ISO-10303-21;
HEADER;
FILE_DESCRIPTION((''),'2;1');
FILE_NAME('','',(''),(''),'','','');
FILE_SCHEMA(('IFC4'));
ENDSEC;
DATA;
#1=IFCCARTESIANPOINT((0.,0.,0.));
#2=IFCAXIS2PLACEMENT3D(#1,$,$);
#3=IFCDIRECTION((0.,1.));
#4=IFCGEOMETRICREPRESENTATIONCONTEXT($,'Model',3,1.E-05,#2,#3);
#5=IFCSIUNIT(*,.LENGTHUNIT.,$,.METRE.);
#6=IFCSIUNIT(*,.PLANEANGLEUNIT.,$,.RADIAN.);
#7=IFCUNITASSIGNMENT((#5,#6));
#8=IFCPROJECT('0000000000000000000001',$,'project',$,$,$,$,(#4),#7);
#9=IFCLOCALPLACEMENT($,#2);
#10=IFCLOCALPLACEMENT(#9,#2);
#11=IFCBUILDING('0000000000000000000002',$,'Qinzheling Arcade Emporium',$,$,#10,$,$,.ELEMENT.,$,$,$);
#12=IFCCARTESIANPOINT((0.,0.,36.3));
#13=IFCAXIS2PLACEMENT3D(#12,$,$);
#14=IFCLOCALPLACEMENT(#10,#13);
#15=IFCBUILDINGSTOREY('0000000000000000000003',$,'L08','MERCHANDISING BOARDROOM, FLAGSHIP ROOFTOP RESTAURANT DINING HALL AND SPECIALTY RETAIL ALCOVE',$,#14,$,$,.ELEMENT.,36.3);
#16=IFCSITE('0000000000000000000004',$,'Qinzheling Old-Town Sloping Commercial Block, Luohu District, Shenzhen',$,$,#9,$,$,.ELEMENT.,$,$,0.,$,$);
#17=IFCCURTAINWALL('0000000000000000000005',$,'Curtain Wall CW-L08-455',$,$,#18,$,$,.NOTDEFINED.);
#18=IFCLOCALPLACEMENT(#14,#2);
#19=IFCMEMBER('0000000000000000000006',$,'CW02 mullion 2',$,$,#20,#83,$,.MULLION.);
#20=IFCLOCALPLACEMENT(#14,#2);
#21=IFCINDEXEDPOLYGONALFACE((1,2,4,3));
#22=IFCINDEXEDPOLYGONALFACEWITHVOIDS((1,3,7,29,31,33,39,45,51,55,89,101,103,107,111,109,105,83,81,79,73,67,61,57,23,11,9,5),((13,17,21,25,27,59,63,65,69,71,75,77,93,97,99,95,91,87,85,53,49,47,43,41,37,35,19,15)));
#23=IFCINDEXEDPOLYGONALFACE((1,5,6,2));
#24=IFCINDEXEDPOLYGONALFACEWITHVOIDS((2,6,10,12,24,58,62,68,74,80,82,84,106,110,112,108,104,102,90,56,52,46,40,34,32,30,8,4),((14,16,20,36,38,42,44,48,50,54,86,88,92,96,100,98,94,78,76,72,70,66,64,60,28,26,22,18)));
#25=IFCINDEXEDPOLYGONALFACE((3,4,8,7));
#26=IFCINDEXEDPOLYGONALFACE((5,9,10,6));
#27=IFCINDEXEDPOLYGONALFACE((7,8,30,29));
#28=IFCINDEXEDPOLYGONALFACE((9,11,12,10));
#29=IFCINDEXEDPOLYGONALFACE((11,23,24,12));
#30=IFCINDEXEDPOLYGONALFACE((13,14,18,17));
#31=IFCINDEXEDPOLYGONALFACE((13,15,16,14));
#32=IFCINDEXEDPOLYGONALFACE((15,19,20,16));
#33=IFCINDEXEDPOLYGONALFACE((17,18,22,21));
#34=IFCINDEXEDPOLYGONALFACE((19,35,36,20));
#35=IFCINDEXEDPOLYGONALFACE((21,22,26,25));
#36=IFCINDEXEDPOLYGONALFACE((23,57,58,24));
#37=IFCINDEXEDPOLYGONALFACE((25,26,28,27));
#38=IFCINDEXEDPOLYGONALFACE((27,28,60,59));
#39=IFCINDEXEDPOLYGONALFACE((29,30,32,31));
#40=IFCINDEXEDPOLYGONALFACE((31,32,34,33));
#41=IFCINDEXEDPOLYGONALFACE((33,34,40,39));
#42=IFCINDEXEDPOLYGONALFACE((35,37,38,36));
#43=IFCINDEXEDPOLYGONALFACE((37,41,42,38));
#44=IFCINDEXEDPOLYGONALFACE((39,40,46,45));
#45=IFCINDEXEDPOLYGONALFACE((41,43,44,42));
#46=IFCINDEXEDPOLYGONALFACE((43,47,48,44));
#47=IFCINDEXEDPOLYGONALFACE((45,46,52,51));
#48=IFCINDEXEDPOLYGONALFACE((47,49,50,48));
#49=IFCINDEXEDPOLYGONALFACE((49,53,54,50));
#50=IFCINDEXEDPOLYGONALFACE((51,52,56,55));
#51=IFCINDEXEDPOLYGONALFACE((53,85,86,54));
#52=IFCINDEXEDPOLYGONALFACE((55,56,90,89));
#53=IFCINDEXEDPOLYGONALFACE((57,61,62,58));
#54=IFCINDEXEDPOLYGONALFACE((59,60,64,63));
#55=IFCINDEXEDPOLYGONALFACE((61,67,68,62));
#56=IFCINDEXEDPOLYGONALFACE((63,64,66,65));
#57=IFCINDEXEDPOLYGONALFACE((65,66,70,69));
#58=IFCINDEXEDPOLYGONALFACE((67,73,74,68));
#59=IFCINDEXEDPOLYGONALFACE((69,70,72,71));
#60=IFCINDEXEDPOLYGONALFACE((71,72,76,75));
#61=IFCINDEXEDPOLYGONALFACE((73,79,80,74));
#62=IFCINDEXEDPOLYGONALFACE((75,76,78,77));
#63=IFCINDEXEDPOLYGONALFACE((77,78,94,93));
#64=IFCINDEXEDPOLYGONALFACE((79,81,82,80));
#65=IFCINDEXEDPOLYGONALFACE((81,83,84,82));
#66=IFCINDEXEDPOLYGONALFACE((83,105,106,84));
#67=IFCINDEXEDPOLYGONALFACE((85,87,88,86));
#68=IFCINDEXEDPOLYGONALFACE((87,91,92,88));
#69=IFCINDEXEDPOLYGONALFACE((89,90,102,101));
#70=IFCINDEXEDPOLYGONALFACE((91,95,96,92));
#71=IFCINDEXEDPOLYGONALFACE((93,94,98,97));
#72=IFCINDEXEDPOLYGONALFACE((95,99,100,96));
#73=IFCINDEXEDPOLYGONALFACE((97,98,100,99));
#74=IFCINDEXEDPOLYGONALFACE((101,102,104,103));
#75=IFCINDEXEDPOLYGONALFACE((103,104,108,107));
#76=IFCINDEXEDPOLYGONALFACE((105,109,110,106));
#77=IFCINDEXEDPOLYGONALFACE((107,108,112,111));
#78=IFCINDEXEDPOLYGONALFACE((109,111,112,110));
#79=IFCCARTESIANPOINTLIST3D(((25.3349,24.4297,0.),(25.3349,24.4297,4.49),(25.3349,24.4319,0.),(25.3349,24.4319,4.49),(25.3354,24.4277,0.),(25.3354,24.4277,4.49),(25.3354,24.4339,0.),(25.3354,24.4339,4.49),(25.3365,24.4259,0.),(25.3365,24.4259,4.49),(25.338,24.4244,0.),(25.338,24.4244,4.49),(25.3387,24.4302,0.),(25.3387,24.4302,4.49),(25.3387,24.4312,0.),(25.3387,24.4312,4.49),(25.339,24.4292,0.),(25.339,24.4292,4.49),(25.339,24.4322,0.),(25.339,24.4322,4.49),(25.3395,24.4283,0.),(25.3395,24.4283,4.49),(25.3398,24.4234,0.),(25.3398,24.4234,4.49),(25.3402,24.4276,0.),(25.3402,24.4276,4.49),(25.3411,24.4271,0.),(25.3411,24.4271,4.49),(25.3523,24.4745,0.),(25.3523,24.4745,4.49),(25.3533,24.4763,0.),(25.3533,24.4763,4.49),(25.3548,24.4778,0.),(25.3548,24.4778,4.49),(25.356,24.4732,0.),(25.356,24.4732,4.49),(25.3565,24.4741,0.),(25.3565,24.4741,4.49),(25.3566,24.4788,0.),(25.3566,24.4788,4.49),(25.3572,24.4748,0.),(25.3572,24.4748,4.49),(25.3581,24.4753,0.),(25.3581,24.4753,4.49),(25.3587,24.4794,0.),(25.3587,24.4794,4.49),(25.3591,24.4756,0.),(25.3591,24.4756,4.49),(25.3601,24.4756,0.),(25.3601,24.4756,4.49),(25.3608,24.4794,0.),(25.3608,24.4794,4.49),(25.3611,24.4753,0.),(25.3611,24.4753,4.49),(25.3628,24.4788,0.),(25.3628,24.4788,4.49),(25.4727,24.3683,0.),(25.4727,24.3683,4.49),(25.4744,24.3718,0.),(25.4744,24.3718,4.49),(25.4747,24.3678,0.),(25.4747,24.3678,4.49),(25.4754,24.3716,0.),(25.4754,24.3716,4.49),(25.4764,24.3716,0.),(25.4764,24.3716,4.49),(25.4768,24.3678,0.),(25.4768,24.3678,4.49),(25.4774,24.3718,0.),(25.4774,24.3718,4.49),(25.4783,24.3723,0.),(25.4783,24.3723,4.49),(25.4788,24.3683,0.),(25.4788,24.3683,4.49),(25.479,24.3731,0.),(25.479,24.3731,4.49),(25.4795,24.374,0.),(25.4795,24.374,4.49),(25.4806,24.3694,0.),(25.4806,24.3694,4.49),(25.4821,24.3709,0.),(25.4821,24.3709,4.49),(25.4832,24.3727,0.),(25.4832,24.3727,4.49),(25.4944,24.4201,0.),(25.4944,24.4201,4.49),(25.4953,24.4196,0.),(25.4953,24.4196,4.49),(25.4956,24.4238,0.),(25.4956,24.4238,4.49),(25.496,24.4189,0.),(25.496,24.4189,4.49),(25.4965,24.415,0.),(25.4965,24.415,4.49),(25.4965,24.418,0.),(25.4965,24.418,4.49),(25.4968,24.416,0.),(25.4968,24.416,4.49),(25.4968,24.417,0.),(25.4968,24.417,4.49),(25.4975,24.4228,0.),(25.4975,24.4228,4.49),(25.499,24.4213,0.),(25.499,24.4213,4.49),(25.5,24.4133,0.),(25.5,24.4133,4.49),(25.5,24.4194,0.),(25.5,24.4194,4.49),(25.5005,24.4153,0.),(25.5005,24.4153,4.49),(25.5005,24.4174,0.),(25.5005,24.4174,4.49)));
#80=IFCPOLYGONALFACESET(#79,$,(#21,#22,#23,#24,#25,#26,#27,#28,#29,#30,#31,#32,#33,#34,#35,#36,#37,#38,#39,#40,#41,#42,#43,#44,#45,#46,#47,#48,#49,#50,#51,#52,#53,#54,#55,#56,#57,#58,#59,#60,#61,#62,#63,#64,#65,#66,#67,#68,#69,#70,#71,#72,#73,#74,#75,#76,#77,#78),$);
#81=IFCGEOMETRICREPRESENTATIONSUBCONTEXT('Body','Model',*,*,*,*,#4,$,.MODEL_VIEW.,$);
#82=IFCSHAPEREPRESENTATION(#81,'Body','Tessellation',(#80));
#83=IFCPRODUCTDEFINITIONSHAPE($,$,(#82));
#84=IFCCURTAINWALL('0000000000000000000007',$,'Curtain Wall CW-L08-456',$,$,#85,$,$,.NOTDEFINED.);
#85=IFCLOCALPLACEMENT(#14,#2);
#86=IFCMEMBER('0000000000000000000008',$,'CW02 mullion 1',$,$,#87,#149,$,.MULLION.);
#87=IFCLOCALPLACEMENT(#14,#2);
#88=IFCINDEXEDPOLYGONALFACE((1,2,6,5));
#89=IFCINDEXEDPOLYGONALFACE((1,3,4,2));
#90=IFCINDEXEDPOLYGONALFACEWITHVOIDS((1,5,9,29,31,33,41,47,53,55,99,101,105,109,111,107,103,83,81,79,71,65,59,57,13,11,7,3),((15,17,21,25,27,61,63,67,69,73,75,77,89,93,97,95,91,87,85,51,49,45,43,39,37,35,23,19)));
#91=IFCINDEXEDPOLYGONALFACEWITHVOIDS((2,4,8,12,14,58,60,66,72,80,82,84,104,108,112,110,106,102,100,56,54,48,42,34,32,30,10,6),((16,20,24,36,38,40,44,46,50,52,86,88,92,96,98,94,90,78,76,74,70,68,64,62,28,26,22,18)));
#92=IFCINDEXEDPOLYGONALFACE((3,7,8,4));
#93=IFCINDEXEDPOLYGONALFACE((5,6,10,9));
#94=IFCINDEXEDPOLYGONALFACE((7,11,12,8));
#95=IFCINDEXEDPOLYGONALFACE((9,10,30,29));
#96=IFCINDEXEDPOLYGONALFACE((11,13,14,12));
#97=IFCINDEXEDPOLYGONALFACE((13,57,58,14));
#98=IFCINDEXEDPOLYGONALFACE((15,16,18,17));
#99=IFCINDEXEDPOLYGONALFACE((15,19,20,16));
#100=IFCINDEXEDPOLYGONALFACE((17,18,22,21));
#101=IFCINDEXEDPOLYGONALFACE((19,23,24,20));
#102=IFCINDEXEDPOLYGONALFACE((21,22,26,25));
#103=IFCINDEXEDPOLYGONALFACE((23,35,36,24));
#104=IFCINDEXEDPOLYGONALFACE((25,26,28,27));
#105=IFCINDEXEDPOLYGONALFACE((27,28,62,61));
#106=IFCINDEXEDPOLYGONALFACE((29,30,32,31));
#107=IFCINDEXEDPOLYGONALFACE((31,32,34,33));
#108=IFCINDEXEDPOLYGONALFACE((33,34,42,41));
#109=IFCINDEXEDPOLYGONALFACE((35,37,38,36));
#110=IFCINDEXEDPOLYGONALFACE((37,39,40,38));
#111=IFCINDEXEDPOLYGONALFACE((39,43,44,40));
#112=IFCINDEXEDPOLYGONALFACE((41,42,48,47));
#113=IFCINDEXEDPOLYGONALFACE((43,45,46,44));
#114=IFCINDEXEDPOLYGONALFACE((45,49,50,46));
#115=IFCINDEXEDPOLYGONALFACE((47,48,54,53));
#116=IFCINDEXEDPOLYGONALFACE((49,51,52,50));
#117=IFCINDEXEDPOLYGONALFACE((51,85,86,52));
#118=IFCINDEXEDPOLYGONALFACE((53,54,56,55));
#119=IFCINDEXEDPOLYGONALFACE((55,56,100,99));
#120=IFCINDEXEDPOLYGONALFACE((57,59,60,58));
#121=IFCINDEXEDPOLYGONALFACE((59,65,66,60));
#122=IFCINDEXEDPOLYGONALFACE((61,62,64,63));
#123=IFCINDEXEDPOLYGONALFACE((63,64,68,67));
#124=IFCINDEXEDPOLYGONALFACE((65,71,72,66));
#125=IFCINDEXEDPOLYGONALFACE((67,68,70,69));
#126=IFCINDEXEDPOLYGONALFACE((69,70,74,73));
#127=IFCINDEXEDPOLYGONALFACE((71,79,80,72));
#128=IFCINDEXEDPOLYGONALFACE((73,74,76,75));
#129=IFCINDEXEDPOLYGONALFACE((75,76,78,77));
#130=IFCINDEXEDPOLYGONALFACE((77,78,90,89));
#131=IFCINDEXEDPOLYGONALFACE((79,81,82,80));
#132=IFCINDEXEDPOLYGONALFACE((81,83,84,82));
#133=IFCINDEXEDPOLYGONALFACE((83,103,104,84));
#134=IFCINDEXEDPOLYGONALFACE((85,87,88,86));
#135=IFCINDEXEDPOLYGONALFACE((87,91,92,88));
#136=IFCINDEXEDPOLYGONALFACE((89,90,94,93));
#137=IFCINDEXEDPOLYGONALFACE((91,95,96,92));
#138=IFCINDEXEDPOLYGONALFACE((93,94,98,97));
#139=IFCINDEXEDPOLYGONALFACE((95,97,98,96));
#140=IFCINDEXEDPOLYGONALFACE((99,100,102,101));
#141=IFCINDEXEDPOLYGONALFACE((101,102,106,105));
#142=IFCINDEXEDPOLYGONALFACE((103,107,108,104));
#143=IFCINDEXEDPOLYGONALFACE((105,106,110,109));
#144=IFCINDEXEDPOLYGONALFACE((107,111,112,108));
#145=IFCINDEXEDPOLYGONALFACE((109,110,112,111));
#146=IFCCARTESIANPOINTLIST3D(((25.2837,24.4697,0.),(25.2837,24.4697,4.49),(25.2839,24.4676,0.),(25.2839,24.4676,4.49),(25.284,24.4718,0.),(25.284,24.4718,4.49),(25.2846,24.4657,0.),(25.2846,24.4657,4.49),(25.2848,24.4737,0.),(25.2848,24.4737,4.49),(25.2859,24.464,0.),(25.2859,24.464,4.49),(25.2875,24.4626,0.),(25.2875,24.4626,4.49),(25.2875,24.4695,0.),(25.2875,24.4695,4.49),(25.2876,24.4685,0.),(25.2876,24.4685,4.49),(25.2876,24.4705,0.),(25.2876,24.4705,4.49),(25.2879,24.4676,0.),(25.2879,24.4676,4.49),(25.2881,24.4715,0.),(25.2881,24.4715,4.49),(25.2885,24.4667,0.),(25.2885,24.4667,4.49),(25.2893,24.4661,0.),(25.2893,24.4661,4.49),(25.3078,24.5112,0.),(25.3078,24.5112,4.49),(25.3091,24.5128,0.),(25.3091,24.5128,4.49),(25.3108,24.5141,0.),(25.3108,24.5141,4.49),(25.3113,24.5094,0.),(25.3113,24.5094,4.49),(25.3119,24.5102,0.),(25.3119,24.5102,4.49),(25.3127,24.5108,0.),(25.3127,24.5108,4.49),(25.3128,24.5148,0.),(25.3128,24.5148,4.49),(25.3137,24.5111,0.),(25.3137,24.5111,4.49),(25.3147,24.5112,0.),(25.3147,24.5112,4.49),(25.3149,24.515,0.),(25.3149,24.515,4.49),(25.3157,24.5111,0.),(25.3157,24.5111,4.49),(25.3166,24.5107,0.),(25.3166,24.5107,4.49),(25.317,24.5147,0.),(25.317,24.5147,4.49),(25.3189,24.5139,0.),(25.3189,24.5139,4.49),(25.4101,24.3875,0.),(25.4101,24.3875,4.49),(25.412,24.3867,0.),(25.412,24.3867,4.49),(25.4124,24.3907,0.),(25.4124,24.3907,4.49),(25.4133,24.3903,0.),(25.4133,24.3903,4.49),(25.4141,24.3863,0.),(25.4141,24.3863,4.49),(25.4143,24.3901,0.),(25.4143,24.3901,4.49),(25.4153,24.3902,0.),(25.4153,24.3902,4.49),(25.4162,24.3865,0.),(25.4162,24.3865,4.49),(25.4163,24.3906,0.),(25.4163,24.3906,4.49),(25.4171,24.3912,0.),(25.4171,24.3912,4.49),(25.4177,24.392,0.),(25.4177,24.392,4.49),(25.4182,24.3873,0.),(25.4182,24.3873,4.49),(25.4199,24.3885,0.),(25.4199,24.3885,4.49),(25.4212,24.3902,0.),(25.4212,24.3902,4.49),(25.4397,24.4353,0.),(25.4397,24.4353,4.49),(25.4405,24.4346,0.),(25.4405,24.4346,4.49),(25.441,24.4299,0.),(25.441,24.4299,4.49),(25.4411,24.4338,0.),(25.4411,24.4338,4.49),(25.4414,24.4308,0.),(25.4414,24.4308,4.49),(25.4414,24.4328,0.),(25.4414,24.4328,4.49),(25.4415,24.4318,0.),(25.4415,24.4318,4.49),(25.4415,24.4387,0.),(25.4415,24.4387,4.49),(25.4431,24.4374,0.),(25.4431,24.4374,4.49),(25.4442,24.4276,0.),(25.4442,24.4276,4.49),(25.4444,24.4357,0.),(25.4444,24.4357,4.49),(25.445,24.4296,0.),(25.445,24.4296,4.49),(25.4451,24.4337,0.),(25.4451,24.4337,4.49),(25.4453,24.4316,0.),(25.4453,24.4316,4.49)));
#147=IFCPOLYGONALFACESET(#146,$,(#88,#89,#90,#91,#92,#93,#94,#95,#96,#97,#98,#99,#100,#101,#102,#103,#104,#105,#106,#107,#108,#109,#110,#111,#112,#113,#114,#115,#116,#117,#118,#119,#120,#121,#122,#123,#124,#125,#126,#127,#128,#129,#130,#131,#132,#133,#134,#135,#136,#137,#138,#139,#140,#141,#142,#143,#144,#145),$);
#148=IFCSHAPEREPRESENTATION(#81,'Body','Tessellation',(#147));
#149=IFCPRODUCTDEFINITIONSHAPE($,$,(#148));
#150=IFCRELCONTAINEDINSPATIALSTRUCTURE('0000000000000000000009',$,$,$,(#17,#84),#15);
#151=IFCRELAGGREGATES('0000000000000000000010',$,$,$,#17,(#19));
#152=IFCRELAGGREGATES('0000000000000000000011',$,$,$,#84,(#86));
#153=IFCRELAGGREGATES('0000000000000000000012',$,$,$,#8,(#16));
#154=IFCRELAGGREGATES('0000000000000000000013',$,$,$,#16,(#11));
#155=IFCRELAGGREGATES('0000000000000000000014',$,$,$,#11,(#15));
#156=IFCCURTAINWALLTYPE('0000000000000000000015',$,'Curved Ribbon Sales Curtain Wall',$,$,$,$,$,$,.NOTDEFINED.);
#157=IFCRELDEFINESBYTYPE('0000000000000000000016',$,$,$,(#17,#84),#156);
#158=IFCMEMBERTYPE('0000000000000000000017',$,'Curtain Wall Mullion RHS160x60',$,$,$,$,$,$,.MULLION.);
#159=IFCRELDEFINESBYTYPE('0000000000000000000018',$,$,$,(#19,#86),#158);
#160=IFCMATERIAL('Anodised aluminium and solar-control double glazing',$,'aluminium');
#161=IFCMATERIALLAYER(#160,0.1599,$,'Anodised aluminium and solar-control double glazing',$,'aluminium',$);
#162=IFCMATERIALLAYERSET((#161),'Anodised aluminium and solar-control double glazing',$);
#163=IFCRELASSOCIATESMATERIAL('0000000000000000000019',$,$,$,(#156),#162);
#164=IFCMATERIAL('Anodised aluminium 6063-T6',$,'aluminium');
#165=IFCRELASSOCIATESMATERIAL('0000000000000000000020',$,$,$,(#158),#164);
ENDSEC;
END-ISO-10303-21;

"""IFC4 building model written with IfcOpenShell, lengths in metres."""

from ifc_helpers import new_model, si_unit, direction, frame, origin, origin_2d, place, context, subcontext, project, spatial, hollow_rectangle, extrude, material, layer, layer_set, material_profile, profile_set, type_object, element, aggregate, save


model = new_model("IFC4")

# Units and contexts
model_context = context("Model", 3, precision=1e-05, world=origin(), true_north=direction((0.0, 1.0)))
body_context = subcontext(model_context, "Body", "Model", "MODEL_VIEW")
ifc_project = project(units=[si_unit("LENGTHUNIT", "METRE"), si_unit("PLANEANGLEUNIT", "RADIAN")], contexts=[model_context])

# Site, building, storey
site_placement = place(None, origin())
site = spatial("IfcSite", under=ifc_project, at=site_placement, Name="Qinzheling Old-Town Sloping Commercial Block, Luohu District, Shenzhen", CompositionType="ELEMENT", RefElevation=0.0)
building_placement = place(site_placement, origin())
building = spatial("IfcBuilding", under=site, at=building_placement, Name="Qinzheling Arcade Emporium", CompositionType="ELEMENT")
storey_placement = place(building_placement, frame((0.0, 0.0, 36.3)))
storey = spatial("IfcBuildingStorey", under=building, at=storey_placement, Name="L08", Description="MERCHANDISING BOARDROOM, FLAGSHIP ROOFTOP RESTAURANT DINING HALL AND SPECIALTY RETAIL ALCOVE", CompositionType="ELEMENT", Elevation=36.3)

# Shared definitions
ifc_material_1 = material(Name="Anodised aluminium and solar-control double glazing", Category="aluminium")
ifc_layer_1 = layer(ifc_material_1, 0.1599, Name="Anodised aluminium and solar-control double glazing", Category="aluminium")
ifc_layer_set_1 = layer_set([ifc_layer_1], Name="Anodised aluminium and solar-control double glazing")
curtain_wall_type = type_object("IfcCurtainWallType", Name="Curved Ribbon Sales Curtain Wall", PredefinedType="NOTDEFINED", material=ifc_layer_set_1)
ifc_material_2 = material(Name="Anodised aluminium 6063-T6", Category="aluminium")
ifc_material_profile_1 = material_profile(ifc_material_2, hollow_rectangle(XDim=0.0601, YDim=0.1599, WallThickness=0.0039, InnerFilletRadius=0.0039, OuterFilletRadius=0.0081, at=origin_2d()), Name="RHS 160x60x4", Category="aluminium")
ifc_profile_set_1 = profile_set([ifc_material_profile_1], Name="Anodised aluminium 6063-T6")
member_type_1 = type_object("IfcMemberType", Name="Curtain Wall Mullion RHS160x60", PredefinedType="MULLION", material=ifc_profile_set_1)

# Curtain walls, members
curtain_wall_1_placement = place(storey_placement, origin())
curtain_wall_1 = element("IfcCurtainWall", 1, at=curtain_wall_1_placement, inside=storey, type_object=curtain_wall_type, Name="Curtain Wall CW-L08-455", PredefinedType="NOTDEFINED")
member_1_placement = place(storey_placement, frame((25.4177, 24.4236, 0.0), z_axis=(0.0, 0.0, 1.0), x_axis=(-0.382714, -0.923867, 0.0)))
member_1 = element("IfcMember", 2, at=member_1_placement, type_object=member_type_1, Name="CW02 mullion 2", PredefinedType="MULLION", context=body_context, shape_type="SweptSolid", body=[
    extrude(hollow_rectangle(XDim=0.0601, YDim=0.1599, WallThickness=0.0039, InnerFilletRadius=0.0039, OuterFilletRadius=0.0081, at=origin_2d()), origin(), (0.0, 0.0, 1.0), 4.49),
])
curtain_wall_2_placement = place(storey_placement, origin())
curtain_wall_2 = element("IfcCurtainWall", 3, at=curtain_wall_2_placement, inside=storey, type_object=curtain_wall_type, Name="Curtain Wall CW-L08-456", PredefinedType="NOTDEFINED")
member_2_placement = place(storey_placement, frame((25.3645, 24.4507, 0.0), z_axis=(0.0, 0.0, 1.0), x_axis=(-0.522532, -0.85262, 0.0)))
member_2 = element("IfcMember", 4, at=member_2_placement, type_object=member_type_1, Name="CW02 mullion 1", PredefinedType="MULLION", context=body_context, shape_type="SweptSolid", body=[
    extrude(hollow_rectangle(XDim=0.0601, YDim=0.1599, WallThickness=0.0039, InnerFilletRadius=0.0039, OuterFilletRadius=0.0081, at=origin_2d()), origin(), (0.0, 0.0, 1.0), 4.49),
])

aggregate(curtain_wall_1, [member_1])
aggregate(curtain_wall_2, [member_2])

save(model, "model.ifc")
